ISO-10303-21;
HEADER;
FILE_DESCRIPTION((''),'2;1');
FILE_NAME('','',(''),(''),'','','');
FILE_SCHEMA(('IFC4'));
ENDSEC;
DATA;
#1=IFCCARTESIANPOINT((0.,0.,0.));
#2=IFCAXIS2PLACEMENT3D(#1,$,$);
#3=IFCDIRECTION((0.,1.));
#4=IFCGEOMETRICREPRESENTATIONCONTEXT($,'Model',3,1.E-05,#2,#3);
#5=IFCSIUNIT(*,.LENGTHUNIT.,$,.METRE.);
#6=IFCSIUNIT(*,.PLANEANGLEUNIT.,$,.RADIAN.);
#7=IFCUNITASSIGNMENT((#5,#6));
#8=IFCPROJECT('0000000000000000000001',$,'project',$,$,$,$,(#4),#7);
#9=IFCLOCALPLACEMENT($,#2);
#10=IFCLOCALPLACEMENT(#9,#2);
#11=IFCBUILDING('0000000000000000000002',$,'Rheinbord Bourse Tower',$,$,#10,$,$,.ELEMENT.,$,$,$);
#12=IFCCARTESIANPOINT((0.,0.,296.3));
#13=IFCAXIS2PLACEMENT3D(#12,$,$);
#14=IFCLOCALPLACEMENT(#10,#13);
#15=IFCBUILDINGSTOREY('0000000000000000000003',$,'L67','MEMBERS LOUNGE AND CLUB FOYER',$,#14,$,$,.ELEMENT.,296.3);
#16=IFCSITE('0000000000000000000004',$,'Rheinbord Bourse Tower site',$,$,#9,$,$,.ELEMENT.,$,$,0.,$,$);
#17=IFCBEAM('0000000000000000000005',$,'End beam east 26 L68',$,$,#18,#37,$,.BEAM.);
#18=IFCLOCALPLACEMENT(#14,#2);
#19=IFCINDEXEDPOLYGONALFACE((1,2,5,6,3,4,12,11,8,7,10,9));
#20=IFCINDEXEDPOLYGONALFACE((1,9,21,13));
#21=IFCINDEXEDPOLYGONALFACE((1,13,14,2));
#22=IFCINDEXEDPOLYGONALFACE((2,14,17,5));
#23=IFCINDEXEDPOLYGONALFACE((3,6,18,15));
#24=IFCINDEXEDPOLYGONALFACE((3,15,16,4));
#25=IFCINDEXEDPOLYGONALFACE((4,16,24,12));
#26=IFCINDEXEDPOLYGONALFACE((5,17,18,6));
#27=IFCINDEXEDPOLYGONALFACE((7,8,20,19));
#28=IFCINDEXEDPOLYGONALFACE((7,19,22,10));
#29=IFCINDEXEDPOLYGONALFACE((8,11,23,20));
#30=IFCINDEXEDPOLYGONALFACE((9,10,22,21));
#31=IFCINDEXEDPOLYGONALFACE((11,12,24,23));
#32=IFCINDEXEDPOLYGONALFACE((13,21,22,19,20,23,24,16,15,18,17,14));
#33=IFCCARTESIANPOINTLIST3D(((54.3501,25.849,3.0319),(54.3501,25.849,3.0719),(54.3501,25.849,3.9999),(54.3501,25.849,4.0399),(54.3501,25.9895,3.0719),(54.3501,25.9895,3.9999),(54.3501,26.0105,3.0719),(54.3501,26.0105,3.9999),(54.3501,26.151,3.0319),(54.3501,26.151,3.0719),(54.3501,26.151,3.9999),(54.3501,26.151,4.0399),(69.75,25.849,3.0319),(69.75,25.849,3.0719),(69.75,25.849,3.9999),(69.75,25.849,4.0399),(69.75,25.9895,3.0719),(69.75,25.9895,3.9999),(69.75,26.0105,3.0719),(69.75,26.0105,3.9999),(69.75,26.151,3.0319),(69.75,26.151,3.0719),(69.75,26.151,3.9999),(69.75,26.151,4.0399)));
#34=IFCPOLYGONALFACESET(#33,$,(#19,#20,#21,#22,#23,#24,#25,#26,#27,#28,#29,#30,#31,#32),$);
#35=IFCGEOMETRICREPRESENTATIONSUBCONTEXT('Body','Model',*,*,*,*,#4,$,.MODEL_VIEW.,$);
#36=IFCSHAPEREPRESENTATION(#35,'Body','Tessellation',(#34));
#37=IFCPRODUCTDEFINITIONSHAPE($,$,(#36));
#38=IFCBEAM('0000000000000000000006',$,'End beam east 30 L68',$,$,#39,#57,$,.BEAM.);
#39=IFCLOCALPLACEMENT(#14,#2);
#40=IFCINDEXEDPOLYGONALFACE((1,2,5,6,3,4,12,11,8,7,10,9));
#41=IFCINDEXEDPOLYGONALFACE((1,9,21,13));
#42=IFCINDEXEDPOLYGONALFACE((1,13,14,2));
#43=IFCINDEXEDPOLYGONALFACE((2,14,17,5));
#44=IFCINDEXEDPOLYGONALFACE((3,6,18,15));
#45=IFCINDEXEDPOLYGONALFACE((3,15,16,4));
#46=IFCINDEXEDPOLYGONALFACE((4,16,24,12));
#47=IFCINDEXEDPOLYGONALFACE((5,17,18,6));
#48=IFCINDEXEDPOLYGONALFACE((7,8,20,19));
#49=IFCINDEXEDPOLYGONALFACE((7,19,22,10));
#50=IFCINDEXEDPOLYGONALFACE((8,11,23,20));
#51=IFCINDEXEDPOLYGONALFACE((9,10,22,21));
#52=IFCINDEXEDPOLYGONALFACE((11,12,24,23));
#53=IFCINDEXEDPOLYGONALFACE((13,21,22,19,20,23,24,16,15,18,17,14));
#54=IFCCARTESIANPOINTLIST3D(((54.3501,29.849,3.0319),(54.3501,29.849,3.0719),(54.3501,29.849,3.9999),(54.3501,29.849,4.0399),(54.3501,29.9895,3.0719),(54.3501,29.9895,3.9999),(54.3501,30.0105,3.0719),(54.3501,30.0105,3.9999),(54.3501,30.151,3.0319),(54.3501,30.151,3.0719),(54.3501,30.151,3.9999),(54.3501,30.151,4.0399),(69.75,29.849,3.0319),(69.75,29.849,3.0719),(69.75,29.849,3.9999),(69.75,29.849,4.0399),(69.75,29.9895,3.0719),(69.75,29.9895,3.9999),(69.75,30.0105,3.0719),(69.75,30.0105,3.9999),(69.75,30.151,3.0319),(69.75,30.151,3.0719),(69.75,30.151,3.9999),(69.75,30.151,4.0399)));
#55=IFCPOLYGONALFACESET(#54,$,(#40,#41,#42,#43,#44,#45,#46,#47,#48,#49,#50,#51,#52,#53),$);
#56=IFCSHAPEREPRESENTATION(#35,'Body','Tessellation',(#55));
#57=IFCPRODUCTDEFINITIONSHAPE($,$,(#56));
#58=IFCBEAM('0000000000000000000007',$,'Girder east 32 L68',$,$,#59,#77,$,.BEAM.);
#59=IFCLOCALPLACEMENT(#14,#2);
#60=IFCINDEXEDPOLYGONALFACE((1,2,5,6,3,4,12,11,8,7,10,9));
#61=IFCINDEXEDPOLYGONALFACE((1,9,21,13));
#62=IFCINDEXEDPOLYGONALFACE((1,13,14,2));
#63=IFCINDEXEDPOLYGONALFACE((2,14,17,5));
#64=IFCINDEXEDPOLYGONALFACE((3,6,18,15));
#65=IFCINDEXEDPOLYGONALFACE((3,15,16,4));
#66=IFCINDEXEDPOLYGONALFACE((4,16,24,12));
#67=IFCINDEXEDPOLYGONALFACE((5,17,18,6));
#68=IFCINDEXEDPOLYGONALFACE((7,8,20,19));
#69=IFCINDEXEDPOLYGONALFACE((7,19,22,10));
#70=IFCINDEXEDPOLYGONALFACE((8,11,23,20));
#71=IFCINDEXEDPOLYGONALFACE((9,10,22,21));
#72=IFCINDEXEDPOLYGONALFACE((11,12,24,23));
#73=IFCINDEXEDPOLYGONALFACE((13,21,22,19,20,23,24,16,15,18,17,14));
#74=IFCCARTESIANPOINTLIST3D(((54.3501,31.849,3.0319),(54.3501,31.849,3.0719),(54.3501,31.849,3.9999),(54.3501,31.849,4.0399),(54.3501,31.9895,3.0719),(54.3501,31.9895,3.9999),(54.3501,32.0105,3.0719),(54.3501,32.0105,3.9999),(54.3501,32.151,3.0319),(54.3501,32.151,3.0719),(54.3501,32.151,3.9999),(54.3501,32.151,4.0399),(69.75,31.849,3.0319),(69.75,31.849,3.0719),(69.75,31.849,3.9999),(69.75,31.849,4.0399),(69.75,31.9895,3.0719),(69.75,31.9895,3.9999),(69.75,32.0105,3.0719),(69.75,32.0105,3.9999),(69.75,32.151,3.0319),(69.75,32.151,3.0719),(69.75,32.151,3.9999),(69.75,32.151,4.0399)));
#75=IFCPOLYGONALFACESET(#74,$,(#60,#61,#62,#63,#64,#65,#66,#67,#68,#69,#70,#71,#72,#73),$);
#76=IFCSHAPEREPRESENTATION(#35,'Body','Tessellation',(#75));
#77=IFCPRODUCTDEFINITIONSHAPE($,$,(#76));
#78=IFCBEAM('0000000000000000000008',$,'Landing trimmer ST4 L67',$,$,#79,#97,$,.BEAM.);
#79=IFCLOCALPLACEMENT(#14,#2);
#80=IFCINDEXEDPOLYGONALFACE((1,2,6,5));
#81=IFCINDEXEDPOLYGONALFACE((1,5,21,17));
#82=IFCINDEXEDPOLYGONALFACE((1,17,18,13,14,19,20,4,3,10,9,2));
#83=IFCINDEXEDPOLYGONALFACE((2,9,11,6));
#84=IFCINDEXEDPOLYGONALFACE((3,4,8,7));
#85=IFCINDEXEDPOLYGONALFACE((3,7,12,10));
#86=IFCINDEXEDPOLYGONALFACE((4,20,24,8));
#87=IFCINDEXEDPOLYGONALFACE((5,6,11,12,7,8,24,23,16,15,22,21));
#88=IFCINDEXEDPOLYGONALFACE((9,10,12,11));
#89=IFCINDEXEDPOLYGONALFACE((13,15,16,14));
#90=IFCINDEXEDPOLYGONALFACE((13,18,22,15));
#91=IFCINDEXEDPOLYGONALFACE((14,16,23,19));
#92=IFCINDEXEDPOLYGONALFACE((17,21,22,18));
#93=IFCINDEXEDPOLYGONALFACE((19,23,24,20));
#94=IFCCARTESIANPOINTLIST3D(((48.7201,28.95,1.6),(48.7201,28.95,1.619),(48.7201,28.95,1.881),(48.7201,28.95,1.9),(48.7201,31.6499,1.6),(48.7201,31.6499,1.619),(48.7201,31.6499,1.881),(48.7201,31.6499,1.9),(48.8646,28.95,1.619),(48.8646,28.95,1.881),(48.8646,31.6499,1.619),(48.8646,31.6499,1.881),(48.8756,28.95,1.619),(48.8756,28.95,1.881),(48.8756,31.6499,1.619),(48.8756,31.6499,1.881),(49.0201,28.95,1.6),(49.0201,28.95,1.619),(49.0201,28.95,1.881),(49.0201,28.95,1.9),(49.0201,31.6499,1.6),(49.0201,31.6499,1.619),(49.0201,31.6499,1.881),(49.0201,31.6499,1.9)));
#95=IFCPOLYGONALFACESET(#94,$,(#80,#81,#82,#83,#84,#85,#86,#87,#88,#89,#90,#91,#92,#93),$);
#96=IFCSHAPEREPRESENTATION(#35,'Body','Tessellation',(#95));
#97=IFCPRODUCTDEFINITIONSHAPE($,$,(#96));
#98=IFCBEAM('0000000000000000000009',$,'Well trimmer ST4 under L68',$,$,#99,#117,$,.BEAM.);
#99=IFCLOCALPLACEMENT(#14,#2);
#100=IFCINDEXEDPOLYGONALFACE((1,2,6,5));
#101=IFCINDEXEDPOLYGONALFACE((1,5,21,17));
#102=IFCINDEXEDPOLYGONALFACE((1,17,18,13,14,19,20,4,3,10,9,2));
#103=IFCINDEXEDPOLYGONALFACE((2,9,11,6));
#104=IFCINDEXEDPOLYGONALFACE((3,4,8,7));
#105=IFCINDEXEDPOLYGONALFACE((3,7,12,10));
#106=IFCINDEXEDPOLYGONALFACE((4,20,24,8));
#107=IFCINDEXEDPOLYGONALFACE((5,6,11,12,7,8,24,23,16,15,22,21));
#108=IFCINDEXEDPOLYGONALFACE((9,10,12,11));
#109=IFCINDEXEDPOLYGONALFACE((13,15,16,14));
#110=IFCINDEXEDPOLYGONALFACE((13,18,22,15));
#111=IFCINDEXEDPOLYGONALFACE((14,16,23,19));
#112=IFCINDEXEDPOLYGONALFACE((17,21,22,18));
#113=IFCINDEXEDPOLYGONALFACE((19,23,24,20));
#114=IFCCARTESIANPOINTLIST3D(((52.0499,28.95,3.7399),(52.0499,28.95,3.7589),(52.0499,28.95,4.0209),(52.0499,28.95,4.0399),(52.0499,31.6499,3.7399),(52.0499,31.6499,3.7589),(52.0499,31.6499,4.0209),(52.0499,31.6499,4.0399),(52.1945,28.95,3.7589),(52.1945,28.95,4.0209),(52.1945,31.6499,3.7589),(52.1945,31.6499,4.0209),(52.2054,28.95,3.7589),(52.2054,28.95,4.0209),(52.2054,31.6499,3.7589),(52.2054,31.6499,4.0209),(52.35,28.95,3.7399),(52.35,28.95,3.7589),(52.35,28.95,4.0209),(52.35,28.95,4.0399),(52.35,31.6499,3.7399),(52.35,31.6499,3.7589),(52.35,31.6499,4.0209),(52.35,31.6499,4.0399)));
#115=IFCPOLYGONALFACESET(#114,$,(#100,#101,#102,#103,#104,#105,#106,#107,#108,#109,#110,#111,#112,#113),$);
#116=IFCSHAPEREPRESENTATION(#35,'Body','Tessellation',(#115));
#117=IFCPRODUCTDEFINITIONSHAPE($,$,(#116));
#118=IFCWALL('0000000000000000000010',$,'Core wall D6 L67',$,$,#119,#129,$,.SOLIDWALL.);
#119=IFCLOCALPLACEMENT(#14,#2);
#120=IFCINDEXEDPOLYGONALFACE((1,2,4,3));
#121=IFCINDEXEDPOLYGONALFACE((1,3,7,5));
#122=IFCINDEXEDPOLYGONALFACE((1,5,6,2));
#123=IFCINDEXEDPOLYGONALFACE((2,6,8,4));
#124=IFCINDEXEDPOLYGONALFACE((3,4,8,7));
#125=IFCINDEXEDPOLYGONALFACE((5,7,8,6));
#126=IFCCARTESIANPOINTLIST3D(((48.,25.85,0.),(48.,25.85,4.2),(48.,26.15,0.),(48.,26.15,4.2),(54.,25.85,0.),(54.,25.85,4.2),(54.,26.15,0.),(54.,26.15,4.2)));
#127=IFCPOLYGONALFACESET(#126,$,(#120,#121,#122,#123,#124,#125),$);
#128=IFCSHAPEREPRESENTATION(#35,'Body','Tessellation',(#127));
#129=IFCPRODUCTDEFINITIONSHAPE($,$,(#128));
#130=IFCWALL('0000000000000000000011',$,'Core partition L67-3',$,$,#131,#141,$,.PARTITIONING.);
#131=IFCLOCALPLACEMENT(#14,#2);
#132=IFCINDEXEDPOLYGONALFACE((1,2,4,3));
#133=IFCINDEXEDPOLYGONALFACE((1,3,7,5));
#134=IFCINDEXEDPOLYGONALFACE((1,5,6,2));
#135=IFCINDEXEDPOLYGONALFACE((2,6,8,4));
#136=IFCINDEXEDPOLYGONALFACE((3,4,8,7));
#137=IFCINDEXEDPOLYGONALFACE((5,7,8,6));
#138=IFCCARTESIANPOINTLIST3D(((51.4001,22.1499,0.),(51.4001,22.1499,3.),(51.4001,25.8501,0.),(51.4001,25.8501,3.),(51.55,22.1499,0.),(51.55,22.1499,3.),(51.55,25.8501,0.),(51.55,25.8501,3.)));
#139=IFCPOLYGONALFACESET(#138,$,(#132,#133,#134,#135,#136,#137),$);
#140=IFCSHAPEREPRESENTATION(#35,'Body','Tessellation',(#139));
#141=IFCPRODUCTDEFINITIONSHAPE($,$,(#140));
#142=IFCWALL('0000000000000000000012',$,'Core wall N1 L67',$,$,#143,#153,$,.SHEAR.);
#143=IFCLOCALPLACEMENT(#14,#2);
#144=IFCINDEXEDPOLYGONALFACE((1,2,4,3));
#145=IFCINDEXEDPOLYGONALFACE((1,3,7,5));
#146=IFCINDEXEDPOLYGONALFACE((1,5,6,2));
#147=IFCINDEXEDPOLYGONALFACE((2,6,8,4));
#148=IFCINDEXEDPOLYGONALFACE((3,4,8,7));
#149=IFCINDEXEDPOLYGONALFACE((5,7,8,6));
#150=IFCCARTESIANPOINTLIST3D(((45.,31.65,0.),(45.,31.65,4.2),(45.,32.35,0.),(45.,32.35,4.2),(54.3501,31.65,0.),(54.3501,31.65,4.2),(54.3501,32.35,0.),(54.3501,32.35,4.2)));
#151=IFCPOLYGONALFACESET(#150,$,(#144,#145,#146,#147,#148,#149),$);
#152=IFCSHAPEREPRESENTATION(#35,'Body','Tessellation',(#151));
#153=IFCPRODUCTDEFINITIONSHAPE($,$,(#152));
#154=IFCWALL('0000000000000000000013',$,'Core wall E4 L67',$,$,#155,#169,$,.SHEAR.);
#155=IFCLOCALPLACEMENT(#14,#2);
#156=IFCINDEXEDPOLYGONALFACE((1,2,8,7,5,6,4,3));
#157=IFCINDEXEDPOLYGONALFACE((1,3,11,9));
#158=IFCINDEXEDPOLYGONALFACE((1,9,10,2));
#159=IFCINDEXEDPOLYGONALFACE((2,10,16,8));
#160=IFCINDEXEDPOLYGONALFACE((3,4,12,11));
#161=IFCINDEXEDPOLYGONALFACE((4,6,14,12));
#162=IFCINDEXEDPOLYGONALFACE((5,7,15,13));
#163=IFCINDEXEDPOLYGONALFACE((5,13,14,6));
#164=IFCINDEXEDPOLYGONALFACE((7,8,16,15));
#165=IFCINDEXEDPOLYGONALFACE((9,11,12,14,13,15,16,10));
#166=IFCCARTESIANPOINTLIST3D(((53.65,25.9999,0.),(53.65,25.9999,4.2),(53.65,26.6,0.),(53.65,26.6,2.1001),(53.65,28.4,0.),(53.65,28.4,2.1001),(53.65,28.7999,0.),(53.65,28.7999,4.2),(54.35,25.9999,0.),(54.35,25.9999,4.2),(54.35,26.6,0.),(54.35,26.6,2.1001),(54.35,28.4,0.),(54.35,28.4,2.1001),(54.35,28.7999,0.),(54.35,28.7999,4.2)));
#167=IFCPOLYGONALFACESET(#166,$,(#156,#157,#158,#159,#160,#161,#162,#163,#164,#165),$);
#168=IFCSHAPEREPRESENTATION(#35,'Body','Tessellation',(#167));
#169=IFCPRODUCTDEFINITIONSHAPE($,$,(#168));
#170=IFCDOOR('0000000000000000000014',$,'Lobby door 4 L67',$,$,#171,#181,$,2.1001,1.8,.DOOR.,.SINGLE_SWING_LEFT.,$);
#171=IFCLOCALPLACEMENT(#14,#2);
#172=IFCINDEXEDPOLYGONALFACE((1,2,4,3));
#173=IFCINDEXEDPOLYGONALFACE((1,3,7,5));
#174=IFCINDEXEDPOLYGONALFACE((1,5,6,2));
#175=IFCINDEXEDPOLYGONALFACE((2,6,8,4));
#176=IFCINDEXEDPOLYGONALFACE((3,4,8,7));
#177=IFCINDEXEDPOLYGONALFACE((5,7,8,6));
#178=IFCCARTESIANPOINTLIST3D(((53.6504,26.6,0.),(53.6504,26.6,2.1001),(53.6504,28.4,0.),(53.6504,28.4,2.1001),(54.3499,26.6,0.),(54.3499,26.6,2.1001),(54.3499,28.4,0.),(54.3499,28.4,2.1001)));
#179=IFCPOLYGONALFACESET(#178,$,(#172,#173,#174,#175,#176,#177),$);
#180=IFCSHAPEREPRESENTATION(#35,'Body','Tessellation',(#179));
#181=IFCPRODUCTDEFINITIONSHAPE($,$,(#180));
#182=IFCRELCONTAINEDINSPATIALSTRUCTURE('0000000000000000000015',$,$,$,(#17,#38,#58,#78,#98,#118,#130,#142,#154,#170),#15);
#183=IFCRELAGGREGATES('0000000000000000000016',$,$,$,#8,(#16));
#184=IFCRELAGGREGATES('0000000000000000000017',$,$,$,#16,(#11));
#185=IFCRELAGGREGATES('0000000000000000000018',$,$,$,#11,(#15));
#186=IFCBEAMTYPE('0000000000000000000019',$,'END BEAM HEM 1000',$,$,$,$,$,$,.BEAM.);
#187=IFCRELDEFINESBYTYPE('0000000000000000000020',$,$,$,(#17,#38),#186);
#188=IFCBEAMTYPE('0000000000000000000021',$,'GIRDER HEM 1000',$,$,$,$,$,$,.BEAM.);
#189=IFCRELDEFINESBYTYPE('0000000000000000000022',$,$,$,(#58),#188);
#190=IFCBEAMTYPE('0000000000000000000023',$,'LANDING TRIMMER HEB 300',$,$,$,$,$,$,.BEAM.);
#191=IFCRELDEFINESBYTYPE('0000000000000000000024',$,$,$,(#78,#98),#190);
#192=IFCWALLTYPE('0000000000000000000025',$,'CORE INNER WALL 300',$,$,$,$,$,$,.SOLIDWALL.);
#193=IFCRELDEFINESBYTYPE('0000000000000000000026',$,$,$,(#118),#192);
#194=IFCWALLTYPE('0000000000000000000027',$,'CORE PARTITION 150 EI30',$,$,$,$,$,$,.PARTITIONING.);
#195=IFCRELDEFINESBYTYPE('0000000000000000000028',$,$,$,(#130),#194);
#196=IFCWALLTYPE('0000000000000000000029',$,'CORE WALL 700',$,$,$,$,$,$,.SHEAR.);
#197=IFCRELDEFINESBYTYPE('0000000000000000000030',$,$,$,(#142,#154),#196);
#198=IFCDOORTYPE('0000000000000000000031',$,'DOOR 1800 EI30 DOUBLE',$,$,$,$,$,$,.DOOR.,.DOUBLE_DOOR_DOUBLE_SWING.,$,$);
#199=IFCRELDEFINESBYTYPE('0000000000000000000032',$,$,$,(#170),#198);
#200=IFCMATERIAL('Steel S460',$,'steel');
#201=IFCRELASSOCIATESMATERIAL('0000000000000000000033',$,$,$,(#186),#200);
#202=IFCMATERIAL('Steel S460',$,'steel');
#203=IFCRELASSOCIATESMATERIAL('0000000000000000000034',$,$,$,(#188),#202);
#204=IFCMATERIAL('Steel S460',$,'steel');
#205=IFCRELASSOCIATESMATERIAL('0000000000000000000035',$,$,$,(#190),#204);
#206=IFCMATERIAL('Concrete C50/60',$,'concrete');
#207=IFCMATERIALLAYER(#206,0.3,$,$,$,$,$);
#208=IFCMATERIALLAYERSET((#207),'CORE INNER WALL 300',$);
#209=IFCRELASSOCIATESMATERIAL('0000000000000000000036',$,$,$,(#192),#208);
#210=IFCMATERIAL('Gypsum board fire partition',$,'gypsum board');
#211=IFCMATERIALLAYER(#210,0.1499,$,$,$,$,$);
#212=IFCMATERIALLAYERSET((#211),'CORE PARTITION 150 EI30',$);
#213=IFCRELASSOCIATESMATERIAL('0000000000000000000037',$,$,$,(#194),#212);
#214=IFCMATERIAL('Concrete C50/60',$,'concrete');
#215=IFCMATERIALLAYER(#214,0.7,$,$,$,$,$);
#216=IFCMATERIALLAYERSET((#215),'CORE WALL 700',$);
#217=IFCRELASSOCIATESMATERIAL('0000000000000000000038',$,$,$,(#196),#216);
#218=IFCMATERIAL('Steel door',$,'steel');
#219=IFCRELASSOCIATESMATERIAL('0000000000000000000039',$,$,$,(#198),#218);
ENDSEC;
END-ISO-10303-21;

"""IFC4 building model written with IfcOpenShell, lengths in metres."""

from ifc_helpers import new_model, si_unit, direction, frame, frame_2d, origin, origin_2d, place, context, subcontext, project, spatial, rectangle, i_section, extrude, material, layer, layer_set, material_profile, profile_set, type_object, element, fill, save


model = new_model("IFC4")

# Units and contexts
model_context = context("Model", 3, precision=1e-05, world=origin(), true_north=direction((0.0, 1.0)))
body_context = subcontext(model_context, "Body", "Model", "MODEL_VIEW")
ifc_project = project(units=[si_unit("LENGTHUNIT", "METRE"), si_unit("PLANEANGLEUNIT", "RADIAN")], contexts=[model_context])

# Site, building, storey
site_placement = place(None, origin())
site = spatial("IfcSite", under=ifc_project, at=site_placement, Name="Rheinbord Bourse Tower site", CompositionType="ELEMENT", RefElevation=0.0)
building_placement = place(site_placement, origin())
building = spatial("IfcBuilding", under=site, at=building_placement, Name="Rheinbord Bourse Tower", CompositionType="ELEMENT")
storey_placement = place(building_placement, frame((0.0, 0.0, 296.3)))
storey = spatial("IfcBuildingStorey", under=building, at=storey_placement, Name="L67", Description="MEMBERS LOUNGE AND CLUB FOYER", CompositionType="ELEMENT", Elevation=296.3)

# Beams
ifc_material_1 = material(Name="Steel S460", Category="steel")
ifc_material_profile_1 = material_profile(ifc_material_1, i_section(OverallWidth=0.302, OverallDepth=1.0081, WebThickness=0.021, FlangeThickness=0.04, at=origin_2d()), Name="HEM 1000")
ifc_profile_set_1 = profile_set([ifc_material_profile_1], Name="Steel S460")
beam_type_1 = type_object("IfcBeamType", Name="END BEAM HEM 1000", PredefinedType="BEAM", material=ifc_profile_set_1)
for number, where, z_axis, x_axis, name in (
    (1, (54.3501, 26.0, 3.5359), (1.0, 0.0, 0.0), (0.0, 1.0, 0.0), "End beam east 26 L68"),
    (2, (54.3501, 30.0, 3.5359), (1.0, 0.0, 0.0), (0.0, 1.0, 0.0), "End beam east 30 L68"),
):
    element("IfcBeam", number, at=place(storey_placement, frame(where, z_axis=z_axis, x_axis=x_axis)), inside=storey, type_object=beam_type_1, Name=name, PredefinedType="BEAM", context=body_context, shape_type="SweptSolid", body=[
        extrude(i_section(OverallWidth=0.302, OverallDepth=1.0081, WebThickness=0.021, FlangeThickness=0.04, at=origin_2d()), origin(), (0.0, 0.0, 1.0), 15.3999),
    ])
ifc_material_2 = material(Name="Steel S460", Category="steel")
ifc_material_profile_2 = material_profile(ifc_material_2, i_section(OverallWidth=0.302, OverallDepth=1.0081, WebThickness=0.021, FlangeThickness=0.04, at=origin_2d()), Name="HEM 1000")
ifc_profile_set_2 = profile_set([ifc_material_profile_2], Name="Steel S460")
beam_type_2 = type_object("IfcBeamType", Name="GIRDER HEM 1000", PredefinedType="BEAM", material=ifc_profile_set_2)
beam_placement = place(storey_placement, frame((54.3501, 32.0, 3.5359), z_axis=(1.0, 0.0, 0.0), x_axis=(0.0, 1.0, 0.0)))
element("IfcBeam", 3, at=beam_placement, inside=storey, type_object=beam_type_2, Name="Girder east 32 L68", PredefinedType="BEAM", context=body_context, shape_type="SweptSolid", body=[
    extrude(i_section(OverallWidth=0.302, OverallDepth=1.0081, WebThickness=0.021, FlangeThickness=0.04, at=origin_2d()), origin(), (0.0, 0.0, 1.0), 15.3999),
])
ifc_material_3 = material(Name="Steel S460", Category="steel")
ifc_material_profile_3 = material_profile(ifc_material_3, i_section(OverallWidth=0.3, OverallDepth=0.3, WebThickness=0.011, FlangeThickness=0.019, at=origin_2d()), Name="HEB 300")
ifc_profile_set_3 = profile_set([ifc_material_profile_3], Name="Steel S460")
beam_type_3 = type_object("IfcBeamType", Name="LANDING TRIMMER HEB 300", PredefinedType="BEAM", material=ifc_profile_set_3)
for number, where, z_axis, x_axis, name in (
    (4, (48.8701, 28.95, 1.75), (0.0, 1.0, 0.0), (-1.0, 0.0, 0.0), "Landing trimmer ST4 L67"),
    (5, (52.2, 28.95, 3.8899), (0.0, 1.0, 0.0), (-1.0, 0.0, 0.0), "Well trimmer ST4 under L68"),
):
    element("IfcBeam", number, at=place(storey_placement, frame(where, z_axis=z_axis, x_axis=x_axis)), inside=storey, type_object=beam_type_3, Name=name, PredefinedType="BEAM", context=body_context, shape_type="SweptSolid", body=[
        extrude(i_section(OverallWidth=0.3, OverallDepth=0.3, WebThickness=0.011, FlangeThickness=0.019, at=origin_2d()), origin(), (0.0, 0.0, 1.0), 2.7),
    ])

# Walls
ifc_material_4 = material(Name="Concrete C50/60", Category="concrete")
ifc_layer_1 = layer(ifc_material_4, 0.3)
ifc_layer_set_1 = layer_set([ifc_layer_1], Name="CORE INNER WALL 300")
wall_type_1 = type_object("IfcWallType", Name="CORE INNER WALL 300", PredefinedType="SOLIDWALL", material=ifc_layer_set_1)
wall_1_placement = place(storey_placement, frame((48.0, 26.0, 0.0), z_axis=(0.0, 0.0, 1.0), x_axis=(1.0, 0.0, 0.0)))
element("IfcWall", 6, at=wall_1_placement, inside=storey, type_object=wall_type_1, Name="Core wall D6 L67", PredefinedType="SOLIDWALL", context=body_context, shape_type="SweptSolid", body=[
    extrude(rectangle(XDim=6.0, YDim=0.3, at=frame_2d((3.0, 0.0))), origin(), (0.0, 0.0, 1.0), 4.2),
])
ifc_material_5 = material(Name="Gypsum board fire partition", Category="gypsum board")
ifc_layer_2 = layer(ifc_material_5, 0.1499)
ifc_layer_set_2 = layer_set([ifc_layer_2], Name="CORE PARTITION 150 EI30")
wall_type_2 = type_object("IfcWallType", Name="CORE PARTITION 150 EI30", PredefinedType="PARTITIONING", material=ifc_layer_set_2)
wall_2_placement = place(storey_placement, frame((51.4751, 22.1499, 0.0), z_axis=(0.0, 0.0, 1.0), x_axis=(0.0, 1.0, 0.0)))
element("IfcWall", 7, at=wall_2_placement, inside=storey, type_object=wall_type_2, Name="Core partition L67-3", PredefinedType="PARTITIONING", context=body_context, shape_type="SweptSolid", body=[
    extrude(rectangle(XDim=3.7002, YDim=0.1499, at=frame_2d((1.8501, 0.0))), origin(), (0.0, 0.0, 1.0), 3.0),
])
ifc_material_6 = material(Name="Concrete C50/60", Category="concrete")
ifc_layer_3 = layer(ifc_material_6, 0.7)
ifc_layer_set_3 = layer_set([ifc_layer_3], Name="CORE WALL 700")
wall_type_3 = type_object("IfcWallType", Name="CORE WALL 700", PredefinedType="SHEAR", material=ifc_layer_set_3)
wall_3_placement = place(storey_placement, frame((54.3501, 32.0, 0.0), z_axis=(0.0, 0.0, 1.0), x_axis=(-1.0, 0.0, 0.0)))
element("IfcWall", 8, at=wall_3_placement, inside=storey, type_object=wall_type_3, Name="Core wall N1 L67", PredefinedType="SHEAR", context=body_context, shape_type="SweptSolid", body=[
    extrude(rectangle(XDim=9.3501, YDim=0.7, at=frame_2d((4.675, 0.0))), origin(), (0.0, 0.0, 1.0), 4.2),
])

# Wall, opening, door
wall_4_placement = place(storey_placement, frame((54.0, 26.0, 0.0), z_axis=(0.0, 0.0, 1.0), x_axis=(0.0, 1.0, 0.0)))
wall_4 = element("IfcWall", 9, at=wall_4_placement, inside=storey, type_object=wall_type_3, Name="Core wall E4 L67", PredefinedType="SHEAR", context=body_context, shape_type="SweptSolid", body=[
    extrude(rectangle(XDim=2.8, YDim=0.7, at=frame_2d((1.3999, 0.0))), origin(), (0.0, 0.0, 1.0), 4.2),
])
opening_1_placement = place(wall_4_placement, frame((0.6001, 0.0, 0.0)))
opening_1 = element("IfcOpeningElement", 10, at=opening_1_placement, cuts=wall_4, PredefinedType="OPENING", context=body_context, shape_type="SweptSolid", body=[
    extrude(rectangle(XDim=1.8, YDim=2.1001, at=frame_2d((0.8999, 1.05))), frame((0.0, 0.3599, 0.0), z_axis=(0.0, -1.0, 0.0), x_axis=(1.0, 0.0, 0.0)), (0.0, 0.0, 1.0), 0.72),
])
ifc_material_7 = material(Name="Steel door", Category="steel")
door_type_1 = type_object("IfcDoorType", Name="DOOR 1800 EI30 DOUBLE", OperationType="DOUBLE_DOOR_DOUBLE_SWING", PredefinedType="DOOR", material=ifc_material_7)
door_1_placement = place(opening_1_placement, origin())
door_1 = element("IfcDoor", 11, at=door_1_placement, inside=storey, type_object=door_type_1, Name="Lobby door 4 L67", OperationType="SINGLE_SWING_LEFT", OverallHeight=2.1001, OverallWidth=1.8, PredefinedType="DOOR", context=body_context, shape_type="SweptSolid", body=[
    extrude(rectangle(XDim=1.8, YDim=2.1001, at=frame_2d((0.8999, 1.05))), frame((0.0, 0.3496, 0.0), z_axis=(0.0, -1.0, 0.0), x_axis=(1.0, 0.0, 0.0)), (0.0, 0.0, 1.0), 0.6995),
])
fill(opening_1, door_1)

save(model, "model.ifc")
